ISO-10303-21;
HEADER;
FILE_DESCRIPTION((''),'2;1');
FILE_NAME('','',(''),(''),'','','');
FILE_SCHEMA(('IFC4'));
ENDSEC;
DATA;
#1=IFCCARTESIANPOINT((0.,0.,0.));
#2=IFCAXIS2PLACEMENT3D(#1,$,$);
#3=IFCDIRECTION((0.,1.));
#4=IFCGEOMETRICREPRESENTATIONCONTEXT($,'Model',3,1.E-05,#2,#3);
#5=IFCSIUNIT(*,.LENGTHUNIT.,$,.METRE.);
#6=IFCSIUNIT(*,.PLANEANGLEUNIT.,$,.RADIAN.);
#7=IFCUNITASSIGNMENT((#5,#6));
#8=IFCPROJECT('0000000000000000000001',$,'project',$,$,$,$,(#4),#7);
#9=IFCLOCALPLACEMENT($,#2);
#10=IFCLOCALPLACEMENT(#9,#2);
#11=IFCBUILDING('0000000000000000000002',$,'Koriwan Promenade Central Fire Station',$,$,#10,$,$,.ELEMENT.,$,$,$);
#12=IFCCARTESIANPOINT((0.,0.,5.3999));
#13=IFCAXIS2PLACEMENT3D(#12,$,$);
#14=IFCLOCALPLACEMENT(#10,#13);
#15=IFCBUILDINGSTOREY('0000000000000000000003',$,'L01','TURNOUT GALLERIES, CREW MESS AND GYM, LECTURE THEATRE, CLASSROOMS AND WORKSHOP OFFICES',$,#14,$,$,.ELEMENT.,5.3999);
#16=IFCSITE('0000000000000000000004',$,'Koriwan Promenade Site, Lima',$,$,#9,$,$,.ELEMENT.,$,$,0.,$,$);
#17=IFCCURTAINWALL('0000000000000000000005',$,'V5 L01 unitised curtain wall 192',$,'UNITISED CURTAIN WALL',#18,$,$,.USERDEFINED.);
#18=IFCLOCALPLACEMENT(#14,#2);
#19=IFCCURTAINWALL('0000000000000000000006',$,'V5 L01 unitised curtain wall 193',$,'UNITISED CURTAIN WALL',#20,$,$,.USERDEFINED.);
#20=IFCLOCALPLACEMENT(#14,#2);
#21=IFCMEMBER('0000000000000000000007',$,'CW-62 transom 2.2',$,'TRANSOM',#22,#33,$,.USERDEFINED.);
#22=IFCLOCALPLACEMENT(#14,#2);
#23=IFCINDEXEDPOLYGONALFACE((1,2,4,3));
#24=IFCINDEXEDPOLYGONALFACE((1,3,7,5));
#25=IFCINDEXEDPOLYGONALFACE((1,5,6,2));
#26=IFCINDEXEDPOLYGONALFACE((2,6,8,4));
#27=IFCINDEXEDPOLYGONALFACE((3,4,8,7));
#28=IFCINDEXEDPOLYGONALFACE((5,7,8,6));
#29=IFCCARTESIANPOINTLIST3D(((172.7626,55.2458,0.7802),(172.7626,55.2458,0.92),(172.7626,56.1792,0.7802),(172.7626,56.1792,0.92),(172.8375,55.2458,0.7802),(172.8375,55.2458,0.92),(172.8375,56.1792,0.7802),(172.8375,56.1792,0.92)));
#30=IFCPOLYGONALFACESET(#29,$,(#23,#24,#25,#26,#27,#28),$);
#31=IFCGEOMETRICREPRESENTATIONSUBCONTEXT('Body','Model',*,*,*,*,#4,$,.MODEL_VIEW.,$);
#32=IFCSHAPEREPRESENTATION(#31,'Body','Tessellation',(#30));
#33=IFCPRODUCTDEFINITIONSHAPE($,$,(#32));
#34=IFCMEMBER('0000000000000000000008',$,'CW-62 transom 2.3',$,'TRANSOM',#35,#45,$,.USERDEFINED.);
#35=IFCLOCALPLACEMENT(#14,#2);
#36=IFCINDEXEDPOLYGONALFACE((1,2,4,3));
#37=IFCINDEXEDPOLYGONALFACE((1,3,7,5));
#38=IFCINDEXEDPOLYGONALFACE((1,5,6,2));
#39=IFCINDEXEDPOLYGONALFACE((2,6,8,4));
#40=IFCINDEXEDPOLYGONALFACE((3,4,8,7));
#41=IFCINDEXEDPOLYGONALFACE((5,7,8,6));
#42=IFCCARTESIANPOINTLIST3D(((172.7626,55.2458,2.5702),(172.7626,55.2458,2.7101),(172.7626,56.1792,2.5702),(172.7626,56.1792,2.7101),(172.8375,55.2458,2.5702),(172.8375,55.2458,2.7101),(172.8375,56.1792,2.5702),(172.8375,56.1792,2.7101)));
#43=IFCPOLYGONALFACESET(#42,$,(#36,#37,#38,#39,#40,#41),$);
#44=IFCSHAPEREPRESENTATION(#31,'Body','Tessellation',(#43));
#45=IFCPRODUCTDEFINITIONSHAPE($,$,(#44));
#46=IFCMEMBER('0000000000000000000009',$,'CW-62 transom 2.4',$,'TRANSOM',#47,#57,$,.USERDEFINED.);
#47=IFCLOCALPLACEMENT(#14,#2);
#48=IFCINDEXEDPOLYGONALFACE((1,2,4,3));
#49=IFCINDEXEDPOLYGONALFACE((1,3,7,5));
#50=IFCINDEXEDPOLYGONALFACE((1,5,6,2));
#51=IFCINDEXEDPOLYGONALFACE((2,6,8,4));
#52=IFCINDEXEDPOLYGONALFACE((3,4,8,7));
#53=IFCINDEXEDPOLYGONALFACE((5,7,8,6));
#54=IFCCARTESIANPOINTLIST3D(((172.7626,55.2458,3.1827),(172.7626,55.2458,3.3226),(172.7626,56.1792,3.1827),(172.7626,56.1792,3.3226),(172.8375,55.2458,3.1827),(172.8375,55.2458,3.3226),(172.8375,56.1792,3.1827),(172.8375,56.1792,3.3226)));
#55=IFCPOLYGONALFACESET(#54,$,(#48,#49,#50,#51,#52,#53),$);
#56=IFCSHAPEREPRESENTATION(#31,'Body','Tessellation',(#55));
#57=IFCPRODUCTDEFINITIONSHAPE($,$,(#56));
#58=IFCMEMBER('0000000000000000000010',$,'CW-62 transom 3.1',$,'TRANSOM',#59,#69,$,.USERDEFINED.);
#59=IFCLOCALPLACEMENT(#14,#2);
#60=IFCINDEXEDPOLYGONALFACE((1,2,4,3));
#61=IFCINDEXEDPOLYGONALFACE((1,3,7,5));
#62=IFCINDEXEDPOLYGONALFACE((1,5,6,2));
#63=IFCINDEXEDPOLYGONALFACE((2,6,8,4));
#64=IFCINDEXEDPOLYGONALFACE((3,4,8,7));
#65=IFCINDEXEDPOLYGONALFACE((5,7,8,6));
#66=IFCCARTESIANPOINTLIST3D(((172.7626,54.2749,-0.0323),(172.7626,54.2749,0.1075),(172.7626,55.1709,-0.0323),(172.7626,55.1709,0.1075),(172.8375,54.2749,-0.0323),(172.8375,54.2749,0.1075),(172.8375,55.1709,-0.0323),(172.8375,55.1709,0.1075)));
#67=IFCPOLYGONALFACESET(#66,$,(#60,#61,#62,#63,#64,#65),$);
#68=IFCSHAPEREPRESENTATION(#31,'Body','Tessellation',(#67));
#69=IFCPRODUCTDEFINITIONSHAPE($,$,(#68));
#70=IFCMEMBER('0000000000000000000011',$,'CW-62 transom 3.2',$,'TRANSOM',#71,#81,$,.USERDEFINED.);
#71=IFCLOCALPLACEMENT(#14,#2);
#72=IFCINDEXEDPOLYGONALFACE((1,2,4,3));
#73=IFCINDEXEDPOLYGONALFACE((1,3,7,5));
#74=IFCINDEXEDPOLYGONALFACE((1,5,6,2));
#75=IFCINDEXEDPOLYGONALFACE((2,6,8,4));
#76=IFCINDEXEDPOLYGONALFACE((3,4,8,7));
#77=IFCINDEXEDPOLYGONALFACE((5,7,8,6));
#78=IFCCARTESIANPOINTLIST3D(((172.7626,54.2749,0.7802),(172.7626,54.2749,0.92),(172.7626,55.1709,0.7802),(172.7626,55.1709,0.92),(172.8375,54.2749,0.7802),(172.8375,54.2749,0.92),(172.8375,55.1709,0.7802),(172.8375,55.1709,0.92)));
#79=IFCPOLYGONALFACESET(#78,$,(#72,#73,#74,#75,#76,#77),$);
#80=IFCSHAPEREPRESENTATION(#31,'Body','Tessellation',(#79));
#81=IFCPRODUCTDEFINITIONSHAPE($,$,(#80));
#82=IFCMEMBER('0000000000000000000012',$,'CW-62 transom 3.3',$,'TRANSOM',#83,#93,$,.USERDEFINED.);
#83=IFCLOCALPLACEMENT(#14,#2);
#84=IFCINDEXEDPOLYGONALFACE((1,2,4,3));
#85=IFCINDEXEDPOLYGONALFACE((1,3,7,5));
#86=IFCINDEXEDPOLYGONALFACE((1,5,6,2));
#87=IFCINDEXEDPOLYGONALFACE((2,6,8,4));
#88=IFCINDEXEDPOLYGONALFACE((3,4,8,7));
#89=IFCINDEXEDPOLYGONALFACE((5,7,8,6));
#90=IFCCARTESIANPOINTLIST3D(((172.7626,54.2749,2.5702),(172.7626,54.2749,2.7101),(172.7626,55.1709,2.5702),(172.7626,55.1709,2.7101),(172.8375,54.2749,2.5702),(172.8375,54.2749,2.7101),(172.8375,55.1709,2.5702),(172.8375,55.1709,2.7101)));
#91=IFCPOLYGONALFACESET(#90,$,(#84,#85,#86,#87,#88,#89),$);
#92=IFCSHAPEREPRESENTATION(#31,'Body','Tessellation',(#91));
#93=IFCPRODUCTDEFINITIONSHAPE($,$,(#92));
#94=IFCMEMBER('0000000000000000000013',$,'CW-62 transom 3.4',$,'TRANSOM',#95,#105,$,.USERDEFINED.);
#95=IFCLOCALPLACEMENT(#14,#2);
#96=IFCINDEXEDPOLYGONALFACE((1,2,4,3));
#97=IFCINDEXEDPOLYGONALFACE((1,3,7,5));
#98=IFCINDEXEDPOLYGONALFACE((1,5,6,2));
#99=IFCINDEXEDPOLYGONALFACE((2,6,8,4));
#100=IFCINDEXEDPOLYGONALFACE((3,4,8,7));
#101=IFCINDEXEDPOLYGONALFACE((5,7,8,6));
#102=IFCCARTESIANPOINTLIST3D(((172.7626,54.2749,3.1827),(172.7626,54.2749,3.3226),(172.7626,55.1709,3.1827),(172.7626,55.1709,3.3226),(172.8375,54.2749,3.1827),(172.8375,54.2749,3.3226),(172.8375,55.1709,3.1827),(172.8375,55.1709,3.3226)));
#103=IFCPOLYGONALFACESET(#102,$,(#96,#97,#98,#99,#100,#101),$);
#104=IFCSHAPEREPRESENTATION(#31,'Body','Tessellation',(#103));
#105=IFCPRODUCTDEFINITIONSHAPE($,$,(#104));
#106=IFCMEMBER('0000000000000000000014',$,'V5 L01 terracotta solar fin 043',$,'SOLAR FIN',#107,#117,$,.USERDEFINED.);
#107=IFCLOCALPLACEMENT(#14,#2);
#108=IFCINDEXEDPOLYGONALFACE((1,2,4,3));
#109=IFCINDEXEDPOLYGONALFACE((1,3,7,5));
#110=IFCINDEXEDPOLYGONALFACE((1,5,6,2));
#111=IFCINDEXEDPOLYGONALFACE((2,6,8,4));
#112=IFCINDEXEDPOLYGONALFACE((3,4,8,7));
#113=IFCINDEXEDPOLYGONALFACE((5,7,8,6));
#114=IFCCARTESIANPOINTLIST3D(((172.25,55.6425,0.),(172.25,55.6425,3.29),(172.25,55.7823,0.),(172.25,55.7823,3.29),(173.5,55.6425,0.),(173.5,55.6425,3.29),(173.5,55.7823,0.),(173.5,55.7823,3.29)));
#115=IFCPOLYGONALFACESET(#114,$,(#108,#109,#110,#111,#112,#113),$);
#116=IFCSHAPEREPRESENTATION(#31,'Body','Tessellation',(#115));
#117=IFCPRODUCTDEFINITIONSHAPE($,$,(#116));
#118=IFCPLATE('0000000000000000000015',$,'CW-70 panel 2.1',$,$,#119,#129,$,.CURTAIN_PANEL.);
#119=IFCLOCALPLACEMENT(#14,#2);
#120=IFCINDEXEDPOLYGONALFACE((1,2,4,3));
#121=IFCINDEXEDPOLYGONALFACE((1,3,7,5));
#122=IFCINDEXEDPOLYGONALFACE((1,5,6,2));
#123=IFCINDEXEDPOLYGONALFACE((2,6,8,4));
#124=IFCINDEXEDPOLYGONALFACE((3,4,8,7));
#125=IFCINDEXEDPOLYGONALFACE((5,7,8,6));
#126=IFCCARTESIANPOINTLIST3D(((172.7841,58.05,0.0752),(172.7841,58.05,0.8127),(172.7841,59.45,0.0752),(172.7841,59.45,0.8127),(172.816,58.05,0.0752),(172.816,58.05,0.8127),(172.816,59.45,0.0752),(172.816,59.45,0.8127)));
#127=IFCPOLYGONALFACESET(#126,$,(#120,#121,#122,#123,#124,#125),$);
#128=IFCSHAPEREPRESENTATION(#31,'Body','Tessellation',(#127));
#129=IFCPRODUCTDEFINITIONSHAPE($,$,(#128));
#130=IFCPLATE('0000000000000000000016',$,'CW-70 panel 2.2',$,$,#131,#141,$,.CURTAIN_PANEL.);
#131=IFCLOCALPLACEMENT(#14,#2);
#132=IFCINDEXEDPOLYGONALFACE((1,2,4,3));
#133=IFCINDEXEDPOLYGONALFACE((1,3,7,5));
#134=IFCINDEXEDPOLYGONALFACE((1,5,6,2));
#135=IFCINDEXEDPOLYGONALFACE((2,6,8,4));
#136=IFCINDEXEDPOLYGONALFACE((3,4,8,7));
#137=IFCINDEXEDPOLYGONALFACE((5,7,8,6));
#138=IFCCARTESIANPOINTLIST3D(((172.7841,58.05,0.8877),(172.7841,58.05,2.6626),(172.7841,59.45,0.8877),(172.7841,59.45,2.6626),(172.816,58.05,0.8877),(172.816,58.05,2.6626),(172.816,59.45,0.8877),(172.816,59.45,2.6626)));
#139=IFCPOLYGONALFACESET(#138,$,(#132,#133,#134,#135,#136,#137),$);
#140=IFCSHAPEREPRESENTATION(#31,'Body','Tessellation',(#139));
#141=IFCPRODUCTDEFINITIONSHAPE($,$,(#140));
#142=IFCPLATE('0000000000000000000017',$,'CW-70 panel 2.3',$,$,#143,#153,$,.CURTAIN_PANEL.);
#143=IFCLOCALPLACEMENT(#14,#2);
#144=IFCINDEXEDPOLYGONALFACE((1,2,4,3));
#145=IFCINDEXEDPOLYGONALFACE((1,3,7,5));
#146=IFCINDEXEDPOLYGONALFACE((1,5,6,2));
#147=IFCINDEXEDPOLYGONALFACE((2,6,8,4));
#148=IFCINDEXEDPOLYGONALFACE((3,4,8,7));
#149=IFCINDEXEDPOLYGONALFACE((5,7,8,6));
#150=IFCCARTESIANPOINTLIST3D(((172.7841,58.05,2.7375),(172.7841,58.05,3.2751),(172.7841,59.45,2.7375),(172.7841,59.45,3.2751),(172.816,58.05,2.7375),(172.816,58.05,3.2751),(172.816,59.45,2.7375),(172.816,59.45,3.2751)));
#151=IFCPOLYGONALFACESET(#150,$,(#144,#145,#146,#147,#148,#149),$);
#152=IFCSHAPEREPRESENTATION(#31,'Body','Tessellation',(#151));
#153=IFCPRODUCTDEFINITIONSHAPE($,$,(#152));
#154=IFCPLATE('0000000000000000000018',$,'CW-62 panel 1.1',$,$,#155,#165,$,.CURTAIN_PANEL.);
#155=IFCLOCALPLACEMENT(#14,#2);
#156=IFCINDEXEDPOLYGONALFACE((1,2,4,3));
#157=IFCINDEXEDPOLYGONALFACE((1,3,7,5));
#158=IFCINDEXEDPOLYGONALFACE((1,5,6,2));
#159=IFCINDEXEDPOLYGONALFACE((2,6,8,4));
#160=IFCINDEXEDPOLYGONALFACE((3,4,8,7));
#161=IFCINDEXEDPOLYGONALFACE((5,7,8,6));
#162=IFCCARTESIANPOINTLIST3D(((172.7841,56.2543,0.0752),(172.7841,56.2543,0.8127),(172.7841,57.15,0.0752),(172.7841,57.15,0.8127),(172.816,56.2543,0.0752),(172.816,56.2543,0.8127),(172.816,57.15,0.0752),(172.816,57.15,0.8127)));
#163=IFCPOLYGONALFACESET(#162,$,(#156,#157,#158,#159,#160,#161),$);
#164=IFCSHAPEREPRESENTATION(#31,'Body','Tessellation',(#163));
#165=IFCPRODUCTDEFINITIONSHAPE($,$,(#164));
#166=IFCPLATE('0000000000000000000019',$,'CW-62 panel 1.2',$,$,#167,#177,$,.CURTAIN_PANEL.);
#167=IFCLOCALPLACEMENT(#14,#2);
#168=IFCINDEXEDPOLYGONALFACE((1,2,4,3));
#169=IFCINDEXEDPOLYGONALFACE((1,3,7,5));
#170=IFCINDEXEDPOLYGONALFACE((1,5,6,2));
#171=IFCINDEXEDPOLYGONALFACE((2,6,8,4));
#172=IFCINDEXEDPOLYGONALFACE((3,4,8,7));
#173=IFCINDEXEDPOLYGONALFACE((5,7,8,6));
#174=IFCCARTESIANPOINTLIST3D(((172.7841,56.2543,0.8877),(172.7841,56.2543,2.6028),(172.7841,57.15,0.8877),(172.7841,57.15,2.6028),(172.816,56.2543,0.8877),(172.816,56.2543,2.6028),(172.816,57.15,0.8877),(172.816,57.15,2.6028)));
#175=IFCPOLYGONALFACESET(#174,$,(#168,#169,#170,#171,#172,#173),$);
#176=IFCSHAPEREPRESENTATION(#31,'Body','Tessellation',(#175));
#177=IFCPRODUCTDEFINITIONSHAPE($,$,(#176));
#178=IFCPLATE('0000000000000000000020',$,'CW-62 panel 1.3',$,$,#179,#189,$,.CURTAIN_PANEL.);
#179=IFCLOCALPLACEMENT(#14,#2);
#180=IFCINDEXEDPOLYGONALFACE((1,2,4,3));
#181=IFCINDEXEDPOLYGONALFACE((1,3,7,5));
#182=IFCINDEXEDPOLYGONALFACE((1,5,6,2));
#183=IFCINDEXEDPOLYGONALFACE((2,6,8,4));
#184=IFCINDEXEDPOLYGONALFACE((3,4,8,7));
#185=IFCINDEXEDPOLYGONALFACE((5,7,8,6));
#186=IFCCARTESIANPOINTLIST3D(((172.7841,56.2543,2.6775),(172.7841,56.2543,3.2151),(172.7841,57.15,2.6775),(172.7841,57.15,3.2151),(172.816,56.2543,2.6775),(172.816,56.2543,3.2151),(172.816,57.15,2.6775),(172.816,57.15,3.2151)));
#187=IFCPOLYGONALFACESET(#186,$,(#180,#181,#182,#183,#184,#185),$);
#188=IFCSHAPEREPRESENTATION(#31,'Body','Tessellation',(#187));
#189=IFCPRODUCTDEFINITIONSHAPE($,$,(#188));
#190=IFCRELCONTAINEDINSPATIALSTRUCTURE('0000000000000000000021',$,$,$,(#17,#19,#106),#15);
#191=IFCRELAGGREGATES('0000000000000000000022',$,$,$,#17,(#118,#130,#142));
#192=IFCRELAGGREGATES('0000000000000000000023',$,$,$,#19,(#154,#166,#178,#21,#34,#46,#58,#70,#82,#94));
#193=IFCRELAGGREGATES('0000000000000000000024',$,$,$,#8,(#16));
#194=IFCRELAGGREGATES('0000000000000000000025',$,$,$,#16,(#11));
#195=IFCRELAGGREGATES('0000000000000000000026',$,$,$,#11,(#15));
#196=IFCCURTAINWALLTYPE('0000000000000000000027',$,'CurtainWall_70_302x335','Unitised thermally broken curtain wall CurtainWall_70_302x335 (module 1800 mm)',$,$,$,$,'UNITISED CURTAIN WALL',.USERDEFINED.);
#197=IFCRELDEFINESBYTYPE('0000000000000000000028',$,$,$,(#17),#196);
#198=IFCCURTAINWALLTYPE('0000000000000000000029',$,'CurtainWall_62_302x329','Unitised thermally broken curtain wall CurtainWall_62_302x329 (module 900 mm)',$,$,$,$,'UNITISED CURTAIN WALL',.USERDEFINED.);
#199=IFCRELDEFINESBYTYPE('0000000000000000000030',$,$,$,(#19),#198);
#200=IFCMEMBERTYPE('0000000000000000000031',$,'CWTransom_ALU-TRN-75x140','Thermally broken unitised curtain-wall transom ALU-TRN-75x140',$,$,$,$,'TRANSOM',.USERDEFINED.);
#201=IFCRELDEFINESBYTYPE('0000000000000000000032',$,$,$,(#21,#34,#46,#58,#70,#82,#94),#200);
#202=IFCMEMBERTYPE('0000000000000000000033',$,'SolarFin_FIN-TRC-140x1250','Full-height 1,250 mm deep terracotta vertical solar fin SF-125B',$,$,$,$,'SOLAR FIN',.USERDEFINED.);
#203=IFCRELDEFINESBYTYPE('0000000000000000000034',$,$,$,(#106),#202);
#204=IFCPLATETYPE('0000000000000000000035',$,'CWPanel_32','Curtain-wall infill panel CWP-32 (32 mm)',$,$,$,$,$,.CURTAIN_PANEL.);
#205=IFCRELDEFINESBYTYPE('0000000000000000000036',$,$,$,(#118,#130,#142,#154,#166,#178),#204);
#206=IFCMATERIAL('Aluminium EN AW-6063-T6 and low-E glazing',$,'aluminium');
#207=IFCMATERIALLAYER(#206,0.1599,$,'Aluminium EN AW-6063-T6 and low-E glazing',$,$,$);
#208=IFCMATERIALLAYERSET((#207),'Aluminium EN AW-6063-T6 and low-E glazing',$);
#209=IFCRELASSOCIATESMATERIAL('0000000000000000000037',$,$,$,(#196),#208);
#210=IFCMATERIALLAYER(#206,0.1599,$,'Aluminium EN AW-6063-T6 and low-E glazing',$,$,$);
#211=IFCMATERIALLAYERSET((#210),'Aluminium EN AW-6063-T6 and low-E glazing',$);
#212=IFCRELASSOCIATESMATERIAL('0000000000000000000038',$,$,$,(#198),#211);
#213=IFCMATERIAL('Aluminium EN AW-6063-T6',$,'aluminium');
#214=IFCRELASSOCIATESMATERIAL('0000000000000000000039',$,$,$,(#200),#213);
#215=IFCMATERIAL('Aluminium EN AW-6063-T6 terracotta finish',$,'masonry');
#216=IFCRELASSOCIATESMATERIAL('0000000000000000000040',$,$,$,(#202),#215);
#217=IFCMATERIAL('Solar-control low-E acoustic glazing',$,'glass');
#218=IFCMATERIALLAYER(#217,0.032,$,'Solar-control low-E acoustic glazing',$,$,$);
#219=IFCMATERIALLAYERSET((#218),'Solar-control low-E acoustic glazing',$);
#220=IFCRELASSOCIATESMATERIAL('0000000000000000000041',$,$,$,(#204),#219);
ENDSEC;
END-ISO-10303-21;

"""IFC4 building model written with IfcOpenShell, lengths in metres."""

from ifc_helpers import new_model, si_unit, direction, frame, origin, origin_2d, place, context, subcontext, project, spatial, rectangle, extrude, material, layer, layer_set, material_profile, profile_set, type_object, element, aggregate, save


model = new_model("IFC4")

# Units and contexts
model_context = context("Model", 3, precision=1e-05, world=origin(), true_north=direction((0.0, 1.0)))
body_context = subcontext(model_context, "Body", "Model", "MODEL_VIEW")
ifc_project = project(units=[si_unit("LENGTHUNIT", "METRE"), si_unit("PLANEANGLEUNIT", "RADIAN")], contexts=[model_context])

# Site, building, storey
site_placement = place(None, origin())
site = spatial("IfcSite", under=ifc_project, at=site_placement, Name="Koriwan Promenade Site, Lima", CompositionType="ELEMENT", RefElevation=0.0)
building_placement = place(site_placement, origin())
building = spatial("IfcBuilding", under=site, at=building_placement, Name="Koriwan Promenade Central Fire Station", CompositionType="ELEMENT")
storey_placement = place(building_placement, frame((0.0, 0.0, 5.3999)))
storey = spatial("IfcBuildingStorey", under=building, at=storey_placement, Name="L01", Description="TURNOUT GALLERIES, CREW MESS AND GYM, LECTURE THEATRE, CLASSROOMS AND WORKSHOP OFFICES", CompositionType="ELEMENT", Elevation=5.3999)

# Curtain wall
ifc_material_1 = material(Name="Aluminium EN AW-6063-T6 and low-E glazing", Category="aluminium")
ifc_layer_1 = layer(ifc_material_1, 0.1599, Name="Aluminium EN AW-6063-T6 and low-E glazing")
ifc_layer_set_1 = layer_set([ifc_layer_1], Name="Aluminium EN AW-6063-T6 and low-E glazing")
curtain_wall_type_1 = type_object("IfcCurtainWallType", Name="CurtainWall_70_302x335", Description="Unitised thermally broken curtain wall CurtainWall_70_302x335 (module 1800 mm)", ElementType="UNITISED CURTAIN WALL", PredefinedType="USERDEFINED", material=ifc_layer_set_1)
curtain_wall_1_placement = place(storey_placement, origin())
curtain_wall_1 = element("IfcCurtainWall", 1, at=curtain_wall_1_placement, inside=storey, type_object=curtain_wall_type_1, Name="V5 L01 unitised curtain wall 192", ObjectType="UNITISED CURTAIN WALL", PredefinedType="USERDEFINED")
ifc_material_2 = material(Name="Aluminium EN AW-6063-T6", Category="aluminium")

# Curtain wall
ifc_layer_2 = layer(ifc_material_1, 0.1599, Name="Aluminium EN AW-6063-T6 and low-E glazing")
ifc_layer_set_2 = layer_set([ifc_layer_2], Name="Aluminium EN AW-6063-T6 and low-E glazing")
curtain_wall_type_2 = type_object("IfcCurtainWallType", Name="CurtainWall_62_302x329", Description="Unitised thermally broken curtain wall CurtainWall_62_302x329 (module 900 mm)", ElementType="UNITISED CURTAIN WALL", PredefinedType="USERDEFINED", material=ifc_layer_set_2)
curtain_wall_2_placement = place(storey_placement, origin())
curtain_wall_2 = element("IfcCurtainWall", 2, at=curtain_wall_2_placement, inside=storey, type_object=curtain_wall_type_2, Name="V5 L01 unitised curtain wall 193", ObjectType="UNITISED CURTAIN WALL", PredefinedType="USERDEFINED")

# Members
ifc_material_profile_1 = material_profile(ifc_material_2, rectangle(XDim=0.075, YDim=0.1399, at=origin_2d()), Name="ALU-TRN-75x140")
ifc_profile_set_1 = profile_set([ifc_material_profile_1], Name="Aluminium EN AW-6063-T6")
member_type_1 = type_object("IfcMemberType", Name="CWTransom_ALU-TRN-75x140", Description="Thermally broken unitised curtain-wall transom ALU-TRN-75x140", ElementType="TRANSOM", PredefinedType="USERDEFINED", material=ifc_profile_set_1)
member_1_placement = place(storey_placement, frame((172.8, 56.1792, 0.8501), z_axis=(0.0, -1.0, 0.0), x_axis=(1.0, 0.0, 0.0)))
member_1 = element("IfcMember", 3, at=member_1_placement, type_object=member_type_1, Name="CW-62 transom 2.2", ObjectType="TRANSOM", PredefinedType="USERDEFINED", context=body_context, shape_type="SweptSolid", body=[
    extrude(rectangle(XDim=0.075, YDim=0.1399, at=origin_2d()), origin(), (0.0, 0.0, 1.0), 0.9333),
])
member_2_placement = place(storey_placement, frame((172.8, 56.1792, 2.6401), z_axis=(0.0, -1.0, 0.0), x_axis=(1.0, 0.0, 0.0)))
member_2 = element("IfcMember", 4, at=member_2_placement, type_object=member_type_1, Name="CW-62 transom 2.3", ObjectType="TRANSOM", PredefinedType="USERDEFINED", context=body_context, shape_type="SweptSolid", body=[
    extrude(rectangle(XDim=0.075, YDim=0.1399, at=origin_2d()), origin(), (0.0, 0.0, 1.0), 0.9333),
])
member_3_placement = place(storey_placement, frame((172.8, 56.1792, 3.2527), z_axis=(0.0, -1.0, 0.0), x_axis=(1.0, 0.0, 0.0)))
member_3 = element("IfcMember", 5, at=member_3_placement, type_object=member_type_1, Name="CW-62 transom 2.4", ObjectType="TRANSOM", PredefinedType="USERDEFINED", context=body_context, shape_type="SweptSolid", body=[
    extrude(rectangle(XDim=0.075, YDim=0.1399, at=origin_2d()), origin(), (0.0, 0.0, 1.0), 0.9333),
])
member_4_placement = place(storey_placement, frame((172.8, 55.1709, 0.0376), z_axis=(0.0, -1.0, 0.0), x_axis=(1.0, 0.0, 0.0)))
member_4 = element("IfcMember", 6, at=member_4_placement, type_object=member_type_1, Name="CW-62 transom 3.1", ObjectType="TRANSOM", PredefinedType="USERDEFINED", context=body_context, shape_type="SweptSolid", body=[
    extrude(rectangle(XDim=0.075, YDim=0.1399, at=origin_2d()), origin(), (0.0, 0.0, 1.0), 0.896),
])
member_5_placement = place(storey_placement, frame((172.8, 55.1709, 0.8501), z_axis=(0.0, -1.0, 0.0), x_axis=(1.0, 0.0, 0.0)))
member_5 = element("IfcMember", 7, at=member_5_placement, type_object=member_type_1, Name="CW-62 transom 3.2", ObjectType="TRANSOM", PredefinedType="USERDEFINED", context=body_context, shape_type="SweptSolid", body=[
    extrude(rectangle(XDim=0.075, YDim=0.1399, at=origin_2d()), origin(), (0.0, 0.0, 1.0), 0.896),
])
member_6_placement = place(storey_placement, frame((172.8, 55.1709, 2.6401), z_axis=(0.0, -1.0, 0.0), x_axis=(1.0, 0.0, 0.0)))
member_6 = element("IfcMember", 8, at=member_6_placement, type_object=member_type_1, Name="CW-62 transom 3.3", ObjectType="TRANSOM", PredefinedType="USERDEFINED", context=body_context, shape_type="SweptSolid", body=[
    extrude(rectangle(XDim=0.075, YDim=0.1399, at=origin_2d()), origin(), (0.0, 0.0, 1.0), 0.896),
])
member_7_placement = place(storey_placement, frame((172.8, 55.1709, 3.2527), z_axis=(0.0, -1.0, 0.0), x_axis=(1.0, 0.0, 0.0)))
member_7 = element("IfcMember", 9, at=member_7_placement, type_object=member_type_1, Name="CW-62 transom 3.4", ObjectType="TRANSOM", PredefinedType="USERDEFINED", context=body_context, shape_type="SweptSolid", body=[
    extrude(rectangle(XDim=0.075, YDim=0.1399, at=origin_2d()), origin(), (0.0, 0.0, 1.0), 0.896),
])
ifc_material_3 = material(Name="Aluminium EN AW-6063-T6 terracotta finish", Category="masonry")
ifc_material_profile_2 = material_profile(ifc_material_3, rectangle(XDim=0.1399, YDim=1.25, at=origin_2d()), Name="FIN-TRC-140x1250")
ifc_profile_set_2 = profile_set([ifc_material_profile_2], Name="Aluminium EN AW-6063-T6 terracotta finish")
member_type_2 = type_object("IfcMemberType", Name="SolarFin_FIN-TRC-140x1250", Description="Full-height 1,250 mm deep terracotta vertical solar fin SF-125B", ElementType="SOLAR FIN", PredefinedType="USERDEFINED", material=ifc_profile_set_2)
member_8_placement = place(storey_placement, frame((172.875, 55.7124, 0.0), z_axis=(0.0, 0.0, 1.0), x_axis=(0.0, -1.0, 0.0)))
element("IfcMember", 10, at=member_8_placement, inside=storey, type_object=member_type_2, Name="V5 L01 terracotta solar fin 043", ObjectType="SOLAR FIN", PredefinedType="USERDEFINED", context=body_context, shape_type="SweptSolid", body=[
    extrude(rectangle(XDim=0.1399, YDim=1.25, at=origin_2d()), origin(), (0.0, 0.0, 1.0), 3.29),
])

# Plates
ifc_material_4 = material(Name="Solar-control low-E acoustic glazing", Category="glass")
ifc_layer_3 = layer(ifc_material_4, 0.032, Name="Solar-control low-E acoustic glazing")
ifc_layer_set_3 = layer_set([ifc_layer_3], Name="Solar-control low-E acoustic glazing")
plate_type = type_object("IfcPlateType", Name="CWPanel_32", Description="Curtain-wall infill panel CWP-32 (32 mm)", PredefinedType="CURTAIN_PANEL", material=ifc_layer_set_3)
plate_1_placement = place(storey_placement, frame((172.8, 58.75, 0.0752), z_axis=(0.0, 0.0, 1.0), x_axis=(0.0, -1.0, 0.0)))
plate_1 = element("IfcPlate", 11, at=plate_1_placement, type_object=plate_type, Name="CW-70 panel 2.1", PredefinedType="CURTAIN_PANEL", context=body_context, shape_type="SweptSolid", body=[
    extrude(rectangle(XDim=1.3999, YDim=0.032, at=origin_2d()), origin(), (0.0, 0.0, 1.0), 0.7375),
])
plate_2_placement = place(storey_placement, frame((172.8, 58.75, 0.8877), z_axis=(0.0, 0.0, 1.0), x_axis=(0.0, -1.0, 0.0)))
plate_2 = element("IfcPlate", 12, at=plate_2_placement, type_object=plate_type, Name="CW-70 panel 2.2", PredefinedType="CURTAIN_PANEL", context=body_context, shape_type="SweptSolid", body=[
    extrude(rectangle(XDim=1.3999, YDim=0.032, at=origin_2d()), origin(), (0.0, 0.0, 1.0), 1.7749),
])
plate_3_placement = place(storey_placement, frame((172.8, 58.75, 2.7375), z_axis=(0.0, 0.0, 1.0), x_axis=(0.0, -1.0, 0.0)))
plate_3 = element("IfcPlate", 13, at=plate_3_placement, type_object=plate_type, Name="CW-70 panel 2.3", PredefinedType="CURTAIN_PANEL", context=body_context, shape_type="SweptSolid", body=[
    extrude(rectangle(XDim=1.3999, YDim=0.032, at=origin_2d()), origin(), (0.0, 0.0, 1.0), 0.5376),
])
aggregate(curtain_wall_1, [plate_1, plate_2, plate_3])
plate_4_placement = place(storey_placement, frame((172.8, 56.7021, 0.0752), z_axis=(0.0, 0.0, 1.0), x_axis=(0.0, -1.0, 0.0)))
plate_4 = element("IfcPlate", 14, at=plate_4_placement, type_object=plate_type, Name="CW-62 panel 1.1", PredefinedType="CURTAIN_PANEL", context=body_context, shape_type="SweptSolid", body=[
    extrude(rectangle(XDim=0.8958, YDim=0.032, at=origin_2d()), origin(), (0.0, 0.0, 1.0), 0.7375),
])
plate_5_placement = place(storey_placement, frame((172.8, 56.7021, 0.8877), z_axis=(0.0, 0.0, 1.0), x_axis=(0.0, -1.0, 0.0)))
plate_5 = element("IfcPlate", 15, at=plate_5_placement, type_object=plate_type, Name="CW-62 panel 1.2", PredefinedType="CURTAIN_PANEL", context=body_context, shape_type="SweptSolid", body=[
    extrude(rectangle(XDim=0.8958, YDim=0.032, at=origin_2d()), origin(), (0.0, 0.0, 1.0), 1.7151),
])
plate_6_placement = place(storey_placement, frame((172.8, 56.7021, 2.6775), z_axis=(0.0, 0.0, 1.0), x_axis=(0.0, -1.0, 0.0)))
plate_6 = element("IfcPlate", 16, at=plate_6_placement, type_object=plate_type, Name="CW-62 panel 1.3", PredefinedType="CURTAIN_PANEL", context=body_context, shape_type="SweptSolid", body=[
    extrude(rectangle(XDim=0.8958, YDim=0.032, at=origin_2d()), origin(), (0.0, 0.0, 1.0), 0.5376),
])
aggregate(curtain_wall_2, [plate_4, plate_5, plate_6, member_1, member_2, member_3, member_4, member_5, member_6, member_7])

save(model, "model.ifc")
